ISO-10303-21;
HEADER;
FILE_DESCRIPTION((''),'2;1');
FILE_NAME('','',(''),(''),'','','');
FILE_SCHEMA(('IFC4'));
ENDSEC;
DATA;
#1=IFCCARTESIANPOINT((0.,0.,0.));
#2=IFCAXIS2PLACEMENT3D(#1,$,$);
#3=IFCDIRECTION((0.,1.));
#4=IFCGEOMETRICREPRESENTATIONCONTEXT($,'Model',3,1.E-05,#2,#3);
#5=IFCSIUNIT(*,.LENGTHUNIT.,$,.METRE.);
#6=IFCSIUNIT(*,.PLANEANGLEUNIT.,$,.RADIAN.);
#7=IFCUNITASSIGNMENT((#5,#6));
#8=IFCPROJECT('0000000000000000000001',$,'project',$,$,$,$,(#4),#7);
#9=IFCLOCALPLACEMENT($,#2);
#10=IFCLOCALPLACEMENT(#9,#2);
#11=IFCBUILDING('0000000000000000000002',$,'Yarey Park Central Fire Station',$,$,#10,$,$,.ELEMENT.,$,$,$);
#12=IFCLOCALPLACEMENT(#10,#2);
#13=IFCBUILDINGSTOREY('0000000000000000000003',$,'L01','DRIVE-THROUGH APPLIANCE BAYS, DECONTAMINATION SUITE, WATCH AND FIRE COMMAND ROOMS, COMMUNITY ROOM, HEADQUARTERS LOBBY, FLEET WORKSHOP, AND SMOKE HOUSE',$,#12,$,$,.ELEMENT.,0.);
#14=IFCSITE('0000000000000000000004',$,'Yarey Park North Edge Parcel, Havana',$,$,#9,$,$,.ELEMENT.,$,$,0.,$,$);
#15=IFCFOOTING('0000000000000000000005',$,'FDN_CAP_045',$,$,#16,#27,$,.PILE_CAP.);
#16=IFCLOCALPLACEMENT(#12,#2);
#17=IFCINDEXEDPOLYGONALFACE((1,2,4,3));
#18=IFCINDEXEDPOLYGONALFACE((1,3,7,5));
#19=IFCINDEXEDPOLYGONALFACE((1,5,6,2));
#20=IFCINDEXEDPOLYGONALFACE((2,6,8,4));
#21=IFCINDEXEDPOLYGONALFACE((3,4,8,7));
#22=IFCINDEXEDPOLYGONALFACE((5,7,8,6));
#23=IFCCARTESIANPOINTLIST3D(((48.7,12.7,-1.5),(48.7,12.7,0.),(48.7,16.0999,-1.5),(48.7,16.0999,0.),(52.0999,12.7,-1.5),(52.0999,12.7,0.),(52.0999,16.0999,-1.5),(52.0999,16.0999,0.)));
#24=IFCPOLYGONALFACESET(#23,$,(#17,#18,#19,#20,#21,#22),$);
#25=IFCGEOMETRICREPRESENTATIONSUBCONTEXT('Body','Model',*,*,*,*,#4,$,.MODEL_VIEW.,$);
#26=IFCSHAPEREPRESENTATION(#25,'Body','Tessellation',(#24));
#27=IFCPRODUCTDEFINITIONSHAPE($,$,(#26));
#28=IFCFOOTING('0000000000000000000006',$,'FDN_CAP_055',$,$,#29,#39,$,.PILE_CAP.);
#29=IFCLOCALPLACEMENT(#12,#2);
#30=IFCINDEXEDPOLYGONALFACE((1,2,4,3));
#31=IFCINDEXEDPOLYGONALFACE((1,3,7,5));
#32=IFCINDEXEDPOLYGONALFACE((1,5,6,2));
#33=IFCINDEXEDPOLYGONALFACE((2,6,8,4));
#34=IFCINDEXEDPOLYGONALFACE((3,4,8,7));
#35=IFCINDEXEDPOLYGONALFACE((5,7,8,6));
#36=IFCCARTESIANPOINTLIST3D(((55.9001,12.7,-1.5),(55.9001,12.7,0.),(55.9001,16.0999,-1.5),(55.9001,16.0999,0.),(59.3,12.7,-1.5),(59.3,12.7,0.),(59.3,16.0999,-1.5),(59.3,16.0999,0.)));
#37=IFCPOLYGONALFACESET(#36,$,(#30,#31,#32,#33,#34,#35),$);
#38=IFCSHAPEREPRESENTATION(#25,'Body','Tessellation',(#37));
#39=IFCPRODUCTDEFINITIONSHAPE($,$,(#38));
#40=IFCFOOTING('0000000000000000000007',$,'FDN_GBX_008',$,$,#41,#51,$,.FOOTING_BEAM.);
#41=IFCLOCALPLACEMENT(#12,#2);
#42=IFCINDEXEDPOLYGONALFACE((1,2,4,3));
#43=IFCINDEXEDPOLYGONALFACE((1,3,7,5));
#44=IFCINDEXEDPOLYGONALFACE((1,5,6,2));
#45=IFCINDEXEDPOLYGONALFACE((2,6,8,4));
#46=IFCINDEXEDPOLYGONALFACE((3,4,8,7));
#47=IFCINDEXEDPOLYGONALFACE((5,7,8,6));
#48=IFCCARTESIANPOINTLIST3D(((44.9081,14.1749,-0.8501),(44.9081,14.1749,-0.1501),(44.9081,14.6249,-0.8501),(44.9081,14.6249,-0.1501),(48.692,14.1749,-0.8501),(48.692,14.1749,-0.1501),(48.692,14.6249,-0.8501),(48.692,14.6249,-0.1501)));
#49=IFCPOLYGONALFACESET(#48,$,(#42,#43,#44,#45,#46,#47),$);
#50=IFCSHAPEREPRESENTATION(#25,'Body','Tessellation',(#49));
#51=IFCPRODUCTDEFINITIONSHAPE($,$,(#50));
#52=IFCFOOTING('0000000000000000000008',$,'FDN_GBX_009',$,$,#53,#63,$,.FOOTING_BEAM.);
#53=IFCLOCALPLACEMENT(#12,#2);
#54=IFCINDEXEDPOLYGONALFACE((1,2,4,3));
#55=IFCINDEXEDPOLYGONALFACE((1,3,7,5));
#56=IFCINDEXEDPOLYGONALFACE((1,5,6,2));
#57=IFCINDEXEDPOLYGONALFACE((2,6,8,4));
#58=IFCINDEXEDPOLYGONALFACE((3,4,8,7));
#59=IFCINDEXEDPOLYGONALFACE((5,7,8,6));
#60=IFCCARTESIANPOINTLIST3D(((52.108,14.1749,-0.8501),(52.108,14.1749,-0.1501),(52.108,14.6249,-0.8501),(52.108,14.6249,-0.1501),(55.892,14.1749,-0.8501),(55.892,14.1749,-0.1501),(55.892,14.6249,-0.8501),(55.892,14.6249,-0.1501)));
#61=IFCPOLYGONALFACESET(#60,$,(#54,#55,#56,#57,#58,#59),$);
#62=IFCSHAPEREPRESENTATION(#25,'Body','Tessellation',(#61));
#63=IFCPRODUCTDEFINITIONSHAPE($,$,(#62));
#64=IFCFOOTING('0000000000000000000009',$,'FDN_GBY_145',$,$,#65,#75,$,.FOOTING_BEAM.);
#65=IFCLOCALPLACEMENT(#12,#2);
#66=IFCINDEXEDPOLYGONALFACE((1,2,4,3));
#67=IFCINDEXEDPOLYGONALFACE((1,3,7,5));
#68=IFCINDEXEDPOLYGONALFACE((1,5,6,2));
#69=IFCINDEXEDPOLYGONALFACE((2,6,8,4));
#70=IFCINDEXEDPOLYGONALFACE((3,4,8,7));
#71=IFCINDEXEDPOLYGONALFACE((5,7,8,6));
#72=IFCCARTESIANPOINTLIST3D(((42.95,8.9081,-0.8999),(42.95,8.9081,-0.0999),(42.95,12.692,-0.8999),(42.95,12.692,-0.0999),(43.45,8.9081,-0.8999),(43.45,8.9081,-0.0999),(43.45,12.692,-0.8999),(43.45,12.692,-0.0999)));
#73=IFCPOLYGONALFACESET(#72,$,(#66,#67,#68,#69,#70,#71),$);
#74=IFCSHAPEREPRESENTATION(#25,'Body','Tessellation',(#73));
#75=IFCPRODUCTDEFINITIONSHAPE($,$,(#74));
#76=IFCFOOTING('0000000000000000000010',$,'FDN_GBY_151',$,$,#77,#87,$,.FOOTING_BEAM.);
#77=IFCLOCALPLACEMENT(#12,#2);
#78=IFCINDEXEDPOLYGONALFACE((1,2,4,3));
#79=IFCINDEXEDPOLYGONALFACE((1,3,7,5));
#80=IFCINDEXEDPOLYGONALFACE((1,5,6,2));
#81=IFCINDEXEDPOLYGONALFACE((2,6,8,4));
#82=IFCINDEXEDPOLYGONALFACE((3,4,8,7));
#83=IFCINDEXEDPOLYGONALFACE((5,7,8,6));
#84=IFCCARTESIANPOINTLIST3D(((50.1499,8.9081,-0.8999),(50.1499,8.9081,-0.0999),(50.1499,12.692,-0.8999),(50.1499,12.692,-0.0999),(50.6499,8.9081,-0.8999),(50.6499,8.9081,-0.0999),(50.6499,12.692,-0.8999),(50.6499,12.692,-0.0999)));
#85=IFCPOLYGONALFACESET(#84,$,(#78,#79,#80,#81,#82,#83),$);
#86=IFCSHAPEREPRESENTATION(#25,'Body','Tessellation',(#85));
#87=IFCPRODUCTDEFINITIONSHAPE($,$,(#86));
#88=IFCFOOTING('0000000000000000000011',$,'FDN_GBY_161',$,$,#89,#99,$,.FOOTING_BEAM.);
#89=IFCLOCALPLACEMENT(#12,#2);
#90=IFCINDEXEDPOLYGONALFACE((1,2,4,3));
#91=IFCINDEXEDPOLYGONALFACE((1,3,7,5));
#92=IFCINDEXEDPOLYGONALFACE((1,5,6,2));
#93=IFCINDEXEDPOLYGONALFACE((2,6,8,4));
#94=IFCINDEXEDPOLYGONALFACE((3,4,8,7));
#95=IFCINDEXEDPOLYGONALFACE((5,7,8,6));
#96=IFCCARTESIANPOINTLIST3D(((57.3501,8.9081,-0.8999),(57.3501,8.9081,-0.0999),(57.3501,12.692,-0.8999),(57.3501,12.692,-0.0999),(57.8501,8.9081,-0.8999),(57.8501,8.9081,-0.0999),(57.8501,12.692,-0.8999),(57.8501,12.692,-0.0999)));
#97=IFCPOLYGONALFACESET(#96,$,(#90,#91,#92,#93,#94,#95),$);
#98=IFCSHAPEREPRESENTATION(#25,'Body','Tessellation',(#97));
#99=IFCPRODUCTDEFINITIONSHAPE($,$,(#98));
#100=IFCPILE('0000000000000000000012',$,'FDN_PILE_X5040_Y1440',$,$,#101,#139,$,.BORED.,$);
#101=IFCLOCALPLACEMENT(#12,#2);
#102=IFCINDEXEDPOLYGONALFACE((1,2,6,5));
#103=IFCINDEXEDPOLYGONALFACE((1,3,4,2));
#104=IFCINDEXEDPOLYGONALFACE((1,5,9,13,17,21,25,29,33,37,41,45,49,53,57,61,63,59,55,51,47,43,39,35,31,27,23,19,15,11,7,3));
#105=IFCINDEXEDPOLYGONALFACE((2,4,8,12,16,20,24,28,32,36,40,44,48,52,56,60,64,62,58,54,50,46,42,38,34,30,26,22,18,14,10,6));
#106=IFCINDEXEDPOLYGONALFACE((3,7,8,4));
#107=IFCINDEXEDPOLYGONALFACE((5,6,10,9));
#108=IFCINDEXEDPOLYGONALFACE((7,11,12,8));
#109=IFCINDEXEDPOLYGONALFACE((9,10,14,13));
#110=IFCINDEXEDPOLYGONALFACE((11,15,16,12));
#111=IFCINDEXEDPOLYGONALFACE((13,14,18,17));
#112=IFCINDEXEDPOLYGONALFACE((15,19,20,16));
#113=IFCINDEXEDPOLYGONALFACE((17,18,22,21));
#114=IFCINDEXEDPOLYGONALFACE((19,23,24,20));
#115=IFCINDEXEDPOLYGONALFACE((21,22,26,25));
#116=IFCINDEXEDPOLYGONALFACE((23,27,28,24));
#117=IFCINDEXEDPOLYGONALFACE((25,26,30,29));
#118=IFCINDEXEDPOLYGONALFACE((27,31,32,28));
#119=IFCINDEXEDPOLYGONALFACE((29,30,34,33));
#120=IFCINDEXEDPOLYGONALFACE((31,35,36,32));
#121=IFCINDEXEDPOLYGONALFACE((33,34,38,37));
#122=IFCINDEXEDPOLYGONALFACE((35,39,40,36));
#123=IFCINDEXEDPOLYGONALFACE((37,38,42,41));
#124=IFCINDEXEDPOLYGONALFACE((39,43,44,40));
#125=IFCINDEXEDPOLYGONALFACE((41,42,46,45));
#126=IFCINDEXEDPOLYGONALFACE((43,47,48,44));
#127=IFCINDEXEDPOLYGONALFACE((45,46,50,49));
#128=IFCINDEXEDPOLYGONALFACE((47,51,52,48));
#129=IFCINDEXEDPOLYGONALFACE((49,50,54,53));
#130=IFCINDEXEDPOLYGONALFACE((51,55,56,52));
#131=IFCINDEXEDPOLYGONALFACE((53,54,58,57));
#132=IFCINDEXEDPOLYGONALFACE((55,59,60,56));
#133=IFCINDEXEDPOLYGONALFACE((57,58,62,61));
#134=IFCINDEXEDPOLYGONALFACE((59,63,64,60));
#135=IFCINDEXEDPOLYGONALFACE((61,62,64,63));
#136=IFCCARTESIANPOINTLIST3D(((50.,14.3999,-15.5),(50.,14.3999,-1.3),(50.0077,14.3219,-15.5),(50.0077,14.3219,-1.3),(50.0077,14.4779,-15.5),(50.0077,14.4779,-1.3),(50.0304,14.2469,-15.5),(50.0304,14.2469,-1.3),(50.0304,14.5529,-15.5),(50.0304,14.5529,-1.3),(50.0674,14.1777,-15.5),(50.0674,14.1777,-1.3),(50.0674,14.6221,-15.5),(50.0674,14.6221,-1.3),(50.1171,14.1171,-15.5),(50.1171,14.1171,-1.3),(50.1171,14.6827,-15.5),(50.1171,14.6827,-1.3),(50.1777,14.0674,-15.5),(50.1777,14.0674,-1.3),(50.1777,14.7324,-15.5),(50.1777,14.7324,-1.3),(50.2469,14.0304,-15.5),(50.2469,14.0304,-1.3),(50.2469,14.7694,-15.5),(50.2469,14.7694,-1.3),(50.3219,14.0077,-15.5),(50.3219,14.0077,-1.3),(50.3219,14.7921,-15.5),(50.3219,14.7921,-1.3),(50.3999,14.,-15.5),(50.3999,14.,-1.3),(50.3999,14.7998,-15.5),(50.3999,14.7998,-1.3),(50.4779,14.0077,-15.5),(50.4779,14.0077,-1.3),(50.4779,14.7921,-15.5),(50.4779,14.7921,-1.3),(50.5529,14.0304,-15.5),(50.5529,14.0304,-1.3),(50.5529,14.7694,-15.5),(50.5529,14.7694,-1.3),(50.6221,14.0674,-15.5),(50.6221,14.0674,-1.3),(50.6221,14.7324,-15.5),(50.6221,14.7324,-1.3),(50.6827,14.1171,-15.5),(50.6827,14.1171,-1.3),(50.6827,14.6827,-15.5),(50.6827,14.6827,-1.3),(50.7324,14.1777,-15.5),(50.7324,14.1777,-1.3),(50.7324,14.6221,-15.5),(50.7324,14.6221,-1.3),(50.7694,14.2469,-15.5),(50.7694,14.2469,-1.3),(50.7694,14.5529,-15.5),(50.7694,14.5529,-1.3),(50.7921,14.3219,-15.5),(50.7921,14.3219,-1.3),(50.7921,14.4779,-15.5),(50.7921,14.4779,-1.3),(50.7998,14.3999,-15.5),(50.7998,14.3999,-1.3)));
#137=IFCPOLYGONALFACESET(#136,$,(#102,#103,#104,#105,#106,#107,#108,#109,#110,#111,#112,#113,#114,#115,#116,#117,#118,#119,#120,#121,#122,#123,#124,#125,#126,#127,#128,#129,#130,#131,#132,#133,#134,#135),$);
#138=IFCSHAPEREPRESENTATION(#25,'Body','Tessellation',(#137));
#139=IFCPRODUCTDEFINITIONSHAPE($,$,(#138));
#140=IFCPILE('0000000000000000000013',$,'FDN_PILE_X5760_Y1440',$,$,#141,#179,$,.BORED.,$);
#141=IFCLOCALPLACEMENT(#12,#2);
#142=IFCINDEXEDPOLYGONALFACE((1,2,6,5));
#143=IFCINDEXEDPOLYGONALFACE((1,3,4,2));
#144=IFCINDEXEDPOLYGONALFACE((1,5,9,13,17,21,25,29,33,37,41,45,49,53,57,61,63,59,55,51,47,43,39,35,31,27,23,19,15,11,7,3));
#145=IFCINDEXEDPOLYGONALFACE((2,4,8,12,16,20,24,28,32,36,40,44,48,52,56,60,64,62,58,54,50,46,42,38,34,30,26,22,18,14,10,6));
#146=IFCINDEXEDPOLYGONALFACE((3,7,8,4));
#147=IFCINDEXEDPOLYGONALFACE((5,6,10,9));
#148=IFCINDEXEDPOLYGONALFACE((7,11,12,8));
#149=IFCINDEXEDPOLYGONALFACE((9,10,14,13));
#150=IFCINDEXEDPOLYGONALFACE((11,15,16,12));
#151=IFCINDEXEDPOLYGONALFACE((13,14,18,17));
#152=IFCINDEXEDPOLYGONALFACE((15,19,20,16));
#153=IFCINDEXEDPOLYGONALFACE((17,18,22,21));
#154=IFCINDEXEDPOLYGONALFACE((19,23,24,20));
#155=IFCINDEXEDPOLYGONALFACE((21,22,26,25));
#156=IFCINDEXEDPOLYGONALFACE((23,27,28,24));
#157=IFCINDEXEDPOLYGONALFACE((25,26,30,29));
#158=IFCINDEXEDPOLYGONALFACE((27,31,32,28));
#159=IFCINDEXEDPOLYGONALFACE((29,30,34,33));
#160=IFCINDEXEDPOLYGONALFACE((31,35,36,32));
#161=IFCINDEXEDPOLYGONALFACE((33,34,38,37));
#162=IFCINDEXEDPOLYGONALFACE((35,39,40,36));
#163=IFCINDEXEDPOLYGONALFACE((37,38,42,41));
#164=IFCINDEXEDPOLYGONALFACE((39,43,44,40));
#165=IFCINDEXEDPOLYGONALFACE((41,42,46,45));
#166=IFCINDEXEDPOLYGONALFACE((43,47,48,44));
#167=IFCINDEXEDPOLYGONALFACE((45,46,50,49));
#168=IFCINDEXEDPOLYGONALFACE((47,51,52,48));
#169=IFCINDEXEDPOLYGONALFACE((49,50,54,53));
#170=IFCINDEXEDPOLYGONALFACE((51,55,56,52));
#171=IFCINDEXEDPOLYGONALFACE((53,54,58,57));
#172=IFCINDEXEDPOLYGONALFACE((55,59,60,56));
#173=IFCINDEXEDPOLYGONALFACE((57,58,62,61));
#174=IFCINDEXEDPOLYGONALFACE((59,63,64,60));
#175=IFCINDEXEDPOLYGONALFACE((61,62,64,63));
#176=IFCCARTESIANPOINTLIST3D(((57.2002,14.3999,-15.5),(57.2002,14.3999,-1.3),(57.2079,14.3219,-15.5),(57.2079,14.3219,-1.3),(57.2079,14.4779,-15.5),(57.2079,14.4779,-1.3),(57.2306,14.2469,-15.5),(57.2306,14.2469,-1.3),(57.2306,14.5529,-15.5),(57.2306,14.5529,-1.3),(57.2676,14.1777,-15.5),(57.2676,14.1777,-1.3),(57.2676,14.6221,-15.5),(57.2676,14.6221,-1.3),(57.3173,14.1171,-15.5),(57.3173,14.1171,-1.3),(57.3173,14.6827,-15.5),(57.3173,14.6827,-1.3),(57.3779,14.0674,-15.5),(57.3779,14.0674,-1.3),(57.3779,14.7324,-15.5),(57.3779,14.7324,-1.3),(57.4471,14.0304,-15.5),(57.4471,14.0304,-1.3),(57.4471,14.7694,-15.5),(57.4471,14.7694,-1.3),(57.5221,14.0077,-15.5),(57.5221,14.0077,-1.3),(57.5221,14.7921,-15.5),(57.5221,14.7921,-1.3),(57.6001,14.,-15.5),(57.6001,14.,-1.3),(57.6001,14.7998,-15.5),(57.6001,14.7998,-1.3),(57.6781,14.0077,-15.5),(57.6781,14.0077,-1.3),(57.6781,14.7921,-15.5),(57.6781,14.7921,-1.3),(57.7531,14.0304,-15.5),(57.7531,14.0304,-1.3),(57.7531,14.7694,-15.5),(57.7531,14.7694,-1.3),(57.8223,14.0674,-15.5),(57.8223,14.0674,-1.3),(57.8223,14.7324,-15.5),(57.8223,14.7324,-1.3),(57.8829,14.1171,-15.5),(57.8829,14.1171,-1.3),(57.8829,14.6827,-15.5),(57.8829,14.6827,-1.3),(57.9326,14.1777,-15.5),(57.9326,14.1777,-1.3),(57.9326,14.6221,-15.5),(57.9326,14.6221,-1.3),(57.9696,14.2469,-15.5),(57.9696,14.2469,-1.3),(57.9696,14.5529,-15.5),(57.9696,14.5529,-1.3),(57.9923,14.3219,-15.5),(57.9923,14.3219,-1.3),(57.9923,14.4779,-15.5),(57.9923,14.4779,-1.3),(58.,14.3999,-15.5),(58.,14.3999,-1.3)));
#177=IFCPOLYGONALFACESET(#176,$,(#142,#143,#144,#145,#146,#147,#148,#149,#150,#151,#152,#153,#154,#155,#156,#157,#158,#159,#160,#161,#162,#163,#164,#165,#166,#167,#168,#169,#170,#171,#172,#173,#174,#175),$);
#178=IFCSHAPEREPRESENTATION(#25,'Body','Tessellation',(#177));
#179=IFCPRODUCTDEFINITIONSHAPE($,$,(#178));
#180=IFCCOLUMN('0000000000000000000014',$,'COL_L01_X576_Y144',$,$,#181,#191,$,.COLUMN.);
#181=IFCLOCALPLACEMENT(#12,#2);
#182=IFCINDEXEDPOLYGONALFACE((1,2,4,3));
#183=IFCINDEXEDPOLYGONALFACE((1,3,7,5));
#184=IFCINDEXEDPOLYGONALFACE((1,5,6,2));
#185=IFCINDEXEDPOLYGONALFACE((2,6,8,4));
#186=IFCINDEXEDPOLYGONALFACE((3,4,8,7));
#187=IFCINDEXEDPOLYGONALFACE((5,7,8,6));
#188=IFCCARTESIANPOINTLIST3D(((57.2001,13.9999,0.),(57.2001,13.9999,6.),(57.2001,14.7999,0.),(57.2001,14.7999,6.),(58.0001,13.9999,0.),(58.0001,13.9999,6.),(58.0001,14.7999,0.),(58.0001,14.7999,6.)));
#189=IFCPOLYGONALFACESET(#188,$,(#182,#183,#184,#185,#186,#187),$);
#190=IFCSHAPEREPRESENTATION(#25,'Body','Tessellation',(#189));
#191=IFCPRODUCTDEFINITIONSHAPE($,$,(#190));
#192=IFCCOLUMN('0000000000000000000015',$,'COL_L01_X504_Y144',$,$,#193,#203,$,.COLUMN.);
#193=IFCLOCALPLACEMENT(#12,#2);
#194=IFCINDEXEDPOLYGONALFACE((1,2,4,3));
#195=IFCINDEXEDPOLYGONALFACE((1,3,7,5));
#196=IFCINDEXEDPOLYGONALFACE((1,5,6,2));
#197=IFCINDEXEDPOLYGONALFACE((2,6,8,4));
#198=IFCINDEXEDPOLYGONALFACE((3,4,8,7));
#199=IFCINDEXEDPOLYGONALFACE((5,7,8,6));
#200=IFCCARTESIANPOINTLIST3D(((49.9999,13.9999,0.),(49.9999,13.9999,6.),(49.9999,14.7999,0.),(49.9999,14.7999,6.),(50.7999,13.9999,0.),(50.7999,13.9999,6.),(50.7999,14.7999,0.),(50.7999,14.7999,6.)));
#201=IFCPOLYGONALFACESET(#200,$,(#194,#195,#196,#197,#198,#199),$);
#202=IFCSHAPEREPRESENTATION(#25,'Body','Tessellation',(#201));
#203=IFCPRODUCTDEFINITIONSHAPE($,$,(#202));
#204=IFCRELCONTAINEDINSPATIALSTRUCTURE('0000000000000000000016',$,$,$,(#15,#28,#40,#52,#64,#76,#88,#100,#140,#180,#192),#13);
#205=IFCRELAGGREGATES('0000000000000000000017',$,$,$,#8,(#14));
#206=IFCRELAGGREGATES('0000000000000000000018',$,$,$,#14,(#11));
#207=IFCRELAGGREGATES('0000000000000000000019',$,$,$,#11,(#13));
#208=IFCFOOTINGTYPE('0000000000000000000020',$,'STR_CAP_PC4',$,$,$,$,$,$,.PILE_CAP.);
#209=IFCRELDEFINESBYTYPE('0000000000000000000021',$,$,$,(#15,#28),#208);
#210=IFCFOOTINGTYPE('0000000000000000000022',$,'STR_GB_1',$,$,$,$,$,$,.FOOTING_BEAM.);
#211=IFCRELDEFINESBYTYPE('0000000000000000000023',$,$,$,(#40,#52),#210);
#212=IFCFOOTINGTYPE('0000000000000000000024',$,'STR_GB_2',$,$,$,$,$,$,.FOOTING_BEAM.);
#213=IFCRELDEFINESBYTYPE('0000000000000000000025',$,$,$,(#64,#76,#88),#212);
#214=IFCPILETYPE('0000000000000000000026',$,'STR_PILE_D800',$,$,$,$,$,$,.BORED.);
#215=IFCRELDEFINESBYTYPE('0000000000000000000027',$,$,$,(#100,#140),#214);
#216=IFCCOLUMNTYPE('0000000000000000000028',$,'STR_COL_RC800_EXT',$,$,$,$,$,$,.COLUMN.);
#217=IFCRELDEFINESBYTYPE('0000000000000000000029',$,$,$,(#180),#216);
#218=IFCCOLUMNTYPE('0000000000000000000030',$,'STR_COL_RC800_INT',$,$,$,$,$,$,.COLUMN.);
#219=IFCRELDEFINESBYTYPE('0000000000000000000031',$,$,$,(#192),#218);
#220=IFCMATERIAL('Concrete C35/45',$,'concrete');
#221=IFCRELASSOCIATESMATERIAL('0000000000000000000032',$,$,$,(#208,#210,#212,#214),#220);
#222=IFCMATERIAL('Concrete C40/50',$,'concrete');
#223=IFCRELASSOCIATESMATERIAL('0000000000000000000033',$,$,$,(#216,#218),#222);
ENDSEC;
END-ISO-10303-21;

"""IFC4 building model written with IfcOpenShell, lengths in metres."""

from ifc_helpers import new_model, si_unit, direction, frame, origin, origin_2d, place, context, subcontext, project, spatial, rectangle, circle, extrude, material, material_profile, profile_set, type_object, element, save


model = new_model("IFC4")

# Units and contexts
model_context = context("Model", 3, precision=1e-05, world=origin(), true_north=direction((0.0, 1.0)))
body_context = subcontext(model_context, "Body", "Model", "MODEL_VIEW")
ifc_project = project(units=[si_unit("LENGTHUNIT", "METRE"), si_unit("PLANEANGLEUNIT", "RADIAN")], contexts=[model_context])

# Site, building, storey
site_placement = place(None, origin())
site = spatial("IfcSite", under=ifc_project, at=site_placement, Name="Yarey Park North Edge Parcel, Havana", CompositionType="ELEMENT", RefElevation=0.0)
building_placement = place(site_placement, origin())
building = spatial("IfcBuilding", under=site, at=building_placement, Name="Yarey Park Central Fire Station", CompositionType="ELEMENT")
storey_placement = place(building_placement, origin())
storey = spatial("IfcBuildingStorey", under=building, at=storey_placement, Name="L01", Description="DRIVE-THROUGH APPLIANCE BAYS, DECONTAMINATION SUITE, WATCH AND FIRE COMMAND ROOMS, COMMUNITY ROOM, HEADQUARTERS LOBBY, FLEET WORKSHOP, AND SMOKE HOUSE", CompositionType="ELEMENT", Elevation=0.0)

# Footings
ifc_material_1 = material(Name="Concrete C35/45", Category="concrete")
footing_type_1 = type_object("IfcFootingType", Name="STR_CAP_PC4", PredefinedType="PILE_CAP", material=ifc_material_1)
for number, where, z_axis, x_axis, name in (
    (1, (50.3999, 14.3999, -1.5), (0.0, 0.0, 1.0), (1.0, 0.0, 0.0), "FDN_CAP_045"),
    (2, (57.6001, 14.3999, -1.5), (0.0, 0.0, 1.0), (1.0, 0.0, 0.0), "FDN_CAP_055"),
):
    element("IfcFooting", number, at=place(storey_placement, frame(where, z_axis=z_axis, x_axis=x_axis)), inside=storey, type_object=footing_type_1, Name=name, PredefinedType="PILE_CAP", context=body_context, shape_type="SweptSolid", body=[
        extrude(rectangle(XDim=3.3999, YDim=3.3999, at=origin_2d()), origin(), (0.0, 0.0, 1.0), 1.5),
    ])
footing_type_2 = type_object("IfcFootingType", Name="STR_GB_1", PredefinedType="FOOTING_BEAM", material=ifc_material_1)
for number, where, z_axis, x_axis, name in (
    (3, (46.8, 14.3999, -0.8501), (0.0, 0.0, 1.0), (1.0, 0.0, 0.0), "FDN_GBX_008"),
    (4, (54.0, 14.3999, -0.8501), (0.0, 0.0, 1.0), (1.0, 0.0, 0.0), "FDN_GBX_009"),
):
    element("IfcFooting", number, at=place(storey_placement, frame(where, z_axis=z_axis, x_axis=x_axis)), inside=storey, type_object=footing_type_2, Name=name, PredefinedType="FOOTING_BEAM", context=body_context, shape_type="SweptSolid", body=[
        extrude(rectangle(XDim=3.7839, YDim=0.45, at=origin_2d()), origin(), (0.0, 0.0, 1.0), 0.7),
    ])
footing_type_3 = type_object("IfcFootingType", Name="STR_GB_2", PredefinedType="FOOTING_BEAM", material=ifc_material_1)
for number, where, z_axis, x_axis, name in (
    (5, (43.2, 10.8, -0.8999), (0.0, 0.0, 1.0), (1.0, 0.0, 0.0), "FDN_GBY_145"),
    (6, (50.3999, 10.8, -0.8999), (0.0, 0.0, 1.0), (1.0, 0.0, 0.0), "FDN_GBY_151"),
    (7, (57.6001, 10.8, -0.8999), (0.0, 0.0, 1.0), (1.0, 0.0, 0.0), "FDN_GBY_161"),
):
    element("IfcFooting", number, at=place(storey_placement, frame(where, z_axis=z_axis, x_axis=x_axis)), inside=storey, type_object=footing_type_3, Name=name, PredefinedType="FOOTING_BEAM", context=body_context, shape_type="SweptSolid", body=[
        extrude(rectangle(XDim=0.5, YDim=3.7839, at=origin_2d()), origin(), (0.0, 0.0, 1.0), 0.8),
    ])

# Piles
ifc_material_profile_1 = material_profile(ifc_material_1, circle(Radius=0.3999, at=origin_2d()), Name="BORED PILE D800")
ifc_profile_set_1 = profile_set([ifc_material_profile_1], Name="Concrete C35/45")
pile_type = type_object("IfcPileType", Name="STR_PILE_D800", PredefinedType="BORED", material=ifc_profile_set_1)
for number, where, z_axis, x_axis, name in (
    (8, (50.3999, 14.3999, -1.3), (0.0, 0.0, -1.0), (1.0, 0.0, 0.0), "FDN_PILE_X5040_Y1440"),
    (9, (57.6001, 14.3999, -1.3), (0.0, 0.0, -1.0), (1.0, 0.0, 0.0), "FDN_PILE_X5760_Y1440"),
):
    element("IfcPile", number, at=place(storey_placement, frame(where, z_axis=z_axis, x_axis=x_axis)), inside=storey, type_object=pile_type, Name=name, PredefinedType="BORED", context=body_context, shape_type="SweptSolid", body=[
        extrude(circle(Radius=0.3999, at=origin_2d()), origin(), (0.0, 0.0, 1.0), 14.2),
    ])

# Columns
ifc_material_2 = material(Name="Concrete C40/50", Category="concrete")
ifc_material_profile_2 = material_profile(ifc_material_2, rectangle(XDim=0.8, YDim=0.8, at=origin_2d()), Name="RC 800x800")
ifc_profile_set_2 = profile_set([ifc_material_profile_2], Name="Concrete C40/50")
column_type_1 = type_object("IfcColumnType", Name="STR_COL_RC800_EXT", PredefinedType="COLUMN", material=ifc_profile_set_2)
column_1_placement = place(storey_placement, frame((57.6001, 14.3999, 0.0), z_axis=(0.0, 0.0, 1.0), x_axis=(1.0, 0.0, 0.0)))
element("IfcColumn", 10, at=column_1_placement, inside=storey, type_object=column_type_1, Name="COL_L01_X576_Y144", PredefinedType="COLUMN", context=body_context, shape_type="SweptSolid", body=[
    extrude(rectangle(XDim=0.8, YDim=0.8, at=origin_2d()), origin(), (0.0, 0.0, 1.0), 6.0),
])
ifc_material_profile_3 = material_profile(ifc_material_2, rectangle(XDim=0.8, YDim=0.8, at=origin_2d()), Name="RC 800x800")
ifc_profile_set_3 = profile_set([ifc_material_profile_3], Name="Concrete C40/50")
column_type_2 = type_object("IfcColumnType", Name="STR_COL_RC800_INT", PredefinedType="COLUMN", material=ifc_profile_set_3)
column_2_placement = place(storey_placement, frame((50.3999, 14.3999, 0.0), z_axis=(0.0, 0.0, 1.0), x_axis=(1.0, 0.0, 0.0)))
element("IfcColumn", 11, at=column_2_placement, inside=storey, type_object=column_type_2, Name="COL_L01_X504_Y144", PredefinedType="COLUMN", context=body_context, shape_type="SweptSolid", body=[
    extrude(rectangle(XDim=0.8, YDim=0.8, at=origin_2d()), origin(), (0.0, 0.0, 1.0), 6.0),
])

save(model, "model.ifc")
